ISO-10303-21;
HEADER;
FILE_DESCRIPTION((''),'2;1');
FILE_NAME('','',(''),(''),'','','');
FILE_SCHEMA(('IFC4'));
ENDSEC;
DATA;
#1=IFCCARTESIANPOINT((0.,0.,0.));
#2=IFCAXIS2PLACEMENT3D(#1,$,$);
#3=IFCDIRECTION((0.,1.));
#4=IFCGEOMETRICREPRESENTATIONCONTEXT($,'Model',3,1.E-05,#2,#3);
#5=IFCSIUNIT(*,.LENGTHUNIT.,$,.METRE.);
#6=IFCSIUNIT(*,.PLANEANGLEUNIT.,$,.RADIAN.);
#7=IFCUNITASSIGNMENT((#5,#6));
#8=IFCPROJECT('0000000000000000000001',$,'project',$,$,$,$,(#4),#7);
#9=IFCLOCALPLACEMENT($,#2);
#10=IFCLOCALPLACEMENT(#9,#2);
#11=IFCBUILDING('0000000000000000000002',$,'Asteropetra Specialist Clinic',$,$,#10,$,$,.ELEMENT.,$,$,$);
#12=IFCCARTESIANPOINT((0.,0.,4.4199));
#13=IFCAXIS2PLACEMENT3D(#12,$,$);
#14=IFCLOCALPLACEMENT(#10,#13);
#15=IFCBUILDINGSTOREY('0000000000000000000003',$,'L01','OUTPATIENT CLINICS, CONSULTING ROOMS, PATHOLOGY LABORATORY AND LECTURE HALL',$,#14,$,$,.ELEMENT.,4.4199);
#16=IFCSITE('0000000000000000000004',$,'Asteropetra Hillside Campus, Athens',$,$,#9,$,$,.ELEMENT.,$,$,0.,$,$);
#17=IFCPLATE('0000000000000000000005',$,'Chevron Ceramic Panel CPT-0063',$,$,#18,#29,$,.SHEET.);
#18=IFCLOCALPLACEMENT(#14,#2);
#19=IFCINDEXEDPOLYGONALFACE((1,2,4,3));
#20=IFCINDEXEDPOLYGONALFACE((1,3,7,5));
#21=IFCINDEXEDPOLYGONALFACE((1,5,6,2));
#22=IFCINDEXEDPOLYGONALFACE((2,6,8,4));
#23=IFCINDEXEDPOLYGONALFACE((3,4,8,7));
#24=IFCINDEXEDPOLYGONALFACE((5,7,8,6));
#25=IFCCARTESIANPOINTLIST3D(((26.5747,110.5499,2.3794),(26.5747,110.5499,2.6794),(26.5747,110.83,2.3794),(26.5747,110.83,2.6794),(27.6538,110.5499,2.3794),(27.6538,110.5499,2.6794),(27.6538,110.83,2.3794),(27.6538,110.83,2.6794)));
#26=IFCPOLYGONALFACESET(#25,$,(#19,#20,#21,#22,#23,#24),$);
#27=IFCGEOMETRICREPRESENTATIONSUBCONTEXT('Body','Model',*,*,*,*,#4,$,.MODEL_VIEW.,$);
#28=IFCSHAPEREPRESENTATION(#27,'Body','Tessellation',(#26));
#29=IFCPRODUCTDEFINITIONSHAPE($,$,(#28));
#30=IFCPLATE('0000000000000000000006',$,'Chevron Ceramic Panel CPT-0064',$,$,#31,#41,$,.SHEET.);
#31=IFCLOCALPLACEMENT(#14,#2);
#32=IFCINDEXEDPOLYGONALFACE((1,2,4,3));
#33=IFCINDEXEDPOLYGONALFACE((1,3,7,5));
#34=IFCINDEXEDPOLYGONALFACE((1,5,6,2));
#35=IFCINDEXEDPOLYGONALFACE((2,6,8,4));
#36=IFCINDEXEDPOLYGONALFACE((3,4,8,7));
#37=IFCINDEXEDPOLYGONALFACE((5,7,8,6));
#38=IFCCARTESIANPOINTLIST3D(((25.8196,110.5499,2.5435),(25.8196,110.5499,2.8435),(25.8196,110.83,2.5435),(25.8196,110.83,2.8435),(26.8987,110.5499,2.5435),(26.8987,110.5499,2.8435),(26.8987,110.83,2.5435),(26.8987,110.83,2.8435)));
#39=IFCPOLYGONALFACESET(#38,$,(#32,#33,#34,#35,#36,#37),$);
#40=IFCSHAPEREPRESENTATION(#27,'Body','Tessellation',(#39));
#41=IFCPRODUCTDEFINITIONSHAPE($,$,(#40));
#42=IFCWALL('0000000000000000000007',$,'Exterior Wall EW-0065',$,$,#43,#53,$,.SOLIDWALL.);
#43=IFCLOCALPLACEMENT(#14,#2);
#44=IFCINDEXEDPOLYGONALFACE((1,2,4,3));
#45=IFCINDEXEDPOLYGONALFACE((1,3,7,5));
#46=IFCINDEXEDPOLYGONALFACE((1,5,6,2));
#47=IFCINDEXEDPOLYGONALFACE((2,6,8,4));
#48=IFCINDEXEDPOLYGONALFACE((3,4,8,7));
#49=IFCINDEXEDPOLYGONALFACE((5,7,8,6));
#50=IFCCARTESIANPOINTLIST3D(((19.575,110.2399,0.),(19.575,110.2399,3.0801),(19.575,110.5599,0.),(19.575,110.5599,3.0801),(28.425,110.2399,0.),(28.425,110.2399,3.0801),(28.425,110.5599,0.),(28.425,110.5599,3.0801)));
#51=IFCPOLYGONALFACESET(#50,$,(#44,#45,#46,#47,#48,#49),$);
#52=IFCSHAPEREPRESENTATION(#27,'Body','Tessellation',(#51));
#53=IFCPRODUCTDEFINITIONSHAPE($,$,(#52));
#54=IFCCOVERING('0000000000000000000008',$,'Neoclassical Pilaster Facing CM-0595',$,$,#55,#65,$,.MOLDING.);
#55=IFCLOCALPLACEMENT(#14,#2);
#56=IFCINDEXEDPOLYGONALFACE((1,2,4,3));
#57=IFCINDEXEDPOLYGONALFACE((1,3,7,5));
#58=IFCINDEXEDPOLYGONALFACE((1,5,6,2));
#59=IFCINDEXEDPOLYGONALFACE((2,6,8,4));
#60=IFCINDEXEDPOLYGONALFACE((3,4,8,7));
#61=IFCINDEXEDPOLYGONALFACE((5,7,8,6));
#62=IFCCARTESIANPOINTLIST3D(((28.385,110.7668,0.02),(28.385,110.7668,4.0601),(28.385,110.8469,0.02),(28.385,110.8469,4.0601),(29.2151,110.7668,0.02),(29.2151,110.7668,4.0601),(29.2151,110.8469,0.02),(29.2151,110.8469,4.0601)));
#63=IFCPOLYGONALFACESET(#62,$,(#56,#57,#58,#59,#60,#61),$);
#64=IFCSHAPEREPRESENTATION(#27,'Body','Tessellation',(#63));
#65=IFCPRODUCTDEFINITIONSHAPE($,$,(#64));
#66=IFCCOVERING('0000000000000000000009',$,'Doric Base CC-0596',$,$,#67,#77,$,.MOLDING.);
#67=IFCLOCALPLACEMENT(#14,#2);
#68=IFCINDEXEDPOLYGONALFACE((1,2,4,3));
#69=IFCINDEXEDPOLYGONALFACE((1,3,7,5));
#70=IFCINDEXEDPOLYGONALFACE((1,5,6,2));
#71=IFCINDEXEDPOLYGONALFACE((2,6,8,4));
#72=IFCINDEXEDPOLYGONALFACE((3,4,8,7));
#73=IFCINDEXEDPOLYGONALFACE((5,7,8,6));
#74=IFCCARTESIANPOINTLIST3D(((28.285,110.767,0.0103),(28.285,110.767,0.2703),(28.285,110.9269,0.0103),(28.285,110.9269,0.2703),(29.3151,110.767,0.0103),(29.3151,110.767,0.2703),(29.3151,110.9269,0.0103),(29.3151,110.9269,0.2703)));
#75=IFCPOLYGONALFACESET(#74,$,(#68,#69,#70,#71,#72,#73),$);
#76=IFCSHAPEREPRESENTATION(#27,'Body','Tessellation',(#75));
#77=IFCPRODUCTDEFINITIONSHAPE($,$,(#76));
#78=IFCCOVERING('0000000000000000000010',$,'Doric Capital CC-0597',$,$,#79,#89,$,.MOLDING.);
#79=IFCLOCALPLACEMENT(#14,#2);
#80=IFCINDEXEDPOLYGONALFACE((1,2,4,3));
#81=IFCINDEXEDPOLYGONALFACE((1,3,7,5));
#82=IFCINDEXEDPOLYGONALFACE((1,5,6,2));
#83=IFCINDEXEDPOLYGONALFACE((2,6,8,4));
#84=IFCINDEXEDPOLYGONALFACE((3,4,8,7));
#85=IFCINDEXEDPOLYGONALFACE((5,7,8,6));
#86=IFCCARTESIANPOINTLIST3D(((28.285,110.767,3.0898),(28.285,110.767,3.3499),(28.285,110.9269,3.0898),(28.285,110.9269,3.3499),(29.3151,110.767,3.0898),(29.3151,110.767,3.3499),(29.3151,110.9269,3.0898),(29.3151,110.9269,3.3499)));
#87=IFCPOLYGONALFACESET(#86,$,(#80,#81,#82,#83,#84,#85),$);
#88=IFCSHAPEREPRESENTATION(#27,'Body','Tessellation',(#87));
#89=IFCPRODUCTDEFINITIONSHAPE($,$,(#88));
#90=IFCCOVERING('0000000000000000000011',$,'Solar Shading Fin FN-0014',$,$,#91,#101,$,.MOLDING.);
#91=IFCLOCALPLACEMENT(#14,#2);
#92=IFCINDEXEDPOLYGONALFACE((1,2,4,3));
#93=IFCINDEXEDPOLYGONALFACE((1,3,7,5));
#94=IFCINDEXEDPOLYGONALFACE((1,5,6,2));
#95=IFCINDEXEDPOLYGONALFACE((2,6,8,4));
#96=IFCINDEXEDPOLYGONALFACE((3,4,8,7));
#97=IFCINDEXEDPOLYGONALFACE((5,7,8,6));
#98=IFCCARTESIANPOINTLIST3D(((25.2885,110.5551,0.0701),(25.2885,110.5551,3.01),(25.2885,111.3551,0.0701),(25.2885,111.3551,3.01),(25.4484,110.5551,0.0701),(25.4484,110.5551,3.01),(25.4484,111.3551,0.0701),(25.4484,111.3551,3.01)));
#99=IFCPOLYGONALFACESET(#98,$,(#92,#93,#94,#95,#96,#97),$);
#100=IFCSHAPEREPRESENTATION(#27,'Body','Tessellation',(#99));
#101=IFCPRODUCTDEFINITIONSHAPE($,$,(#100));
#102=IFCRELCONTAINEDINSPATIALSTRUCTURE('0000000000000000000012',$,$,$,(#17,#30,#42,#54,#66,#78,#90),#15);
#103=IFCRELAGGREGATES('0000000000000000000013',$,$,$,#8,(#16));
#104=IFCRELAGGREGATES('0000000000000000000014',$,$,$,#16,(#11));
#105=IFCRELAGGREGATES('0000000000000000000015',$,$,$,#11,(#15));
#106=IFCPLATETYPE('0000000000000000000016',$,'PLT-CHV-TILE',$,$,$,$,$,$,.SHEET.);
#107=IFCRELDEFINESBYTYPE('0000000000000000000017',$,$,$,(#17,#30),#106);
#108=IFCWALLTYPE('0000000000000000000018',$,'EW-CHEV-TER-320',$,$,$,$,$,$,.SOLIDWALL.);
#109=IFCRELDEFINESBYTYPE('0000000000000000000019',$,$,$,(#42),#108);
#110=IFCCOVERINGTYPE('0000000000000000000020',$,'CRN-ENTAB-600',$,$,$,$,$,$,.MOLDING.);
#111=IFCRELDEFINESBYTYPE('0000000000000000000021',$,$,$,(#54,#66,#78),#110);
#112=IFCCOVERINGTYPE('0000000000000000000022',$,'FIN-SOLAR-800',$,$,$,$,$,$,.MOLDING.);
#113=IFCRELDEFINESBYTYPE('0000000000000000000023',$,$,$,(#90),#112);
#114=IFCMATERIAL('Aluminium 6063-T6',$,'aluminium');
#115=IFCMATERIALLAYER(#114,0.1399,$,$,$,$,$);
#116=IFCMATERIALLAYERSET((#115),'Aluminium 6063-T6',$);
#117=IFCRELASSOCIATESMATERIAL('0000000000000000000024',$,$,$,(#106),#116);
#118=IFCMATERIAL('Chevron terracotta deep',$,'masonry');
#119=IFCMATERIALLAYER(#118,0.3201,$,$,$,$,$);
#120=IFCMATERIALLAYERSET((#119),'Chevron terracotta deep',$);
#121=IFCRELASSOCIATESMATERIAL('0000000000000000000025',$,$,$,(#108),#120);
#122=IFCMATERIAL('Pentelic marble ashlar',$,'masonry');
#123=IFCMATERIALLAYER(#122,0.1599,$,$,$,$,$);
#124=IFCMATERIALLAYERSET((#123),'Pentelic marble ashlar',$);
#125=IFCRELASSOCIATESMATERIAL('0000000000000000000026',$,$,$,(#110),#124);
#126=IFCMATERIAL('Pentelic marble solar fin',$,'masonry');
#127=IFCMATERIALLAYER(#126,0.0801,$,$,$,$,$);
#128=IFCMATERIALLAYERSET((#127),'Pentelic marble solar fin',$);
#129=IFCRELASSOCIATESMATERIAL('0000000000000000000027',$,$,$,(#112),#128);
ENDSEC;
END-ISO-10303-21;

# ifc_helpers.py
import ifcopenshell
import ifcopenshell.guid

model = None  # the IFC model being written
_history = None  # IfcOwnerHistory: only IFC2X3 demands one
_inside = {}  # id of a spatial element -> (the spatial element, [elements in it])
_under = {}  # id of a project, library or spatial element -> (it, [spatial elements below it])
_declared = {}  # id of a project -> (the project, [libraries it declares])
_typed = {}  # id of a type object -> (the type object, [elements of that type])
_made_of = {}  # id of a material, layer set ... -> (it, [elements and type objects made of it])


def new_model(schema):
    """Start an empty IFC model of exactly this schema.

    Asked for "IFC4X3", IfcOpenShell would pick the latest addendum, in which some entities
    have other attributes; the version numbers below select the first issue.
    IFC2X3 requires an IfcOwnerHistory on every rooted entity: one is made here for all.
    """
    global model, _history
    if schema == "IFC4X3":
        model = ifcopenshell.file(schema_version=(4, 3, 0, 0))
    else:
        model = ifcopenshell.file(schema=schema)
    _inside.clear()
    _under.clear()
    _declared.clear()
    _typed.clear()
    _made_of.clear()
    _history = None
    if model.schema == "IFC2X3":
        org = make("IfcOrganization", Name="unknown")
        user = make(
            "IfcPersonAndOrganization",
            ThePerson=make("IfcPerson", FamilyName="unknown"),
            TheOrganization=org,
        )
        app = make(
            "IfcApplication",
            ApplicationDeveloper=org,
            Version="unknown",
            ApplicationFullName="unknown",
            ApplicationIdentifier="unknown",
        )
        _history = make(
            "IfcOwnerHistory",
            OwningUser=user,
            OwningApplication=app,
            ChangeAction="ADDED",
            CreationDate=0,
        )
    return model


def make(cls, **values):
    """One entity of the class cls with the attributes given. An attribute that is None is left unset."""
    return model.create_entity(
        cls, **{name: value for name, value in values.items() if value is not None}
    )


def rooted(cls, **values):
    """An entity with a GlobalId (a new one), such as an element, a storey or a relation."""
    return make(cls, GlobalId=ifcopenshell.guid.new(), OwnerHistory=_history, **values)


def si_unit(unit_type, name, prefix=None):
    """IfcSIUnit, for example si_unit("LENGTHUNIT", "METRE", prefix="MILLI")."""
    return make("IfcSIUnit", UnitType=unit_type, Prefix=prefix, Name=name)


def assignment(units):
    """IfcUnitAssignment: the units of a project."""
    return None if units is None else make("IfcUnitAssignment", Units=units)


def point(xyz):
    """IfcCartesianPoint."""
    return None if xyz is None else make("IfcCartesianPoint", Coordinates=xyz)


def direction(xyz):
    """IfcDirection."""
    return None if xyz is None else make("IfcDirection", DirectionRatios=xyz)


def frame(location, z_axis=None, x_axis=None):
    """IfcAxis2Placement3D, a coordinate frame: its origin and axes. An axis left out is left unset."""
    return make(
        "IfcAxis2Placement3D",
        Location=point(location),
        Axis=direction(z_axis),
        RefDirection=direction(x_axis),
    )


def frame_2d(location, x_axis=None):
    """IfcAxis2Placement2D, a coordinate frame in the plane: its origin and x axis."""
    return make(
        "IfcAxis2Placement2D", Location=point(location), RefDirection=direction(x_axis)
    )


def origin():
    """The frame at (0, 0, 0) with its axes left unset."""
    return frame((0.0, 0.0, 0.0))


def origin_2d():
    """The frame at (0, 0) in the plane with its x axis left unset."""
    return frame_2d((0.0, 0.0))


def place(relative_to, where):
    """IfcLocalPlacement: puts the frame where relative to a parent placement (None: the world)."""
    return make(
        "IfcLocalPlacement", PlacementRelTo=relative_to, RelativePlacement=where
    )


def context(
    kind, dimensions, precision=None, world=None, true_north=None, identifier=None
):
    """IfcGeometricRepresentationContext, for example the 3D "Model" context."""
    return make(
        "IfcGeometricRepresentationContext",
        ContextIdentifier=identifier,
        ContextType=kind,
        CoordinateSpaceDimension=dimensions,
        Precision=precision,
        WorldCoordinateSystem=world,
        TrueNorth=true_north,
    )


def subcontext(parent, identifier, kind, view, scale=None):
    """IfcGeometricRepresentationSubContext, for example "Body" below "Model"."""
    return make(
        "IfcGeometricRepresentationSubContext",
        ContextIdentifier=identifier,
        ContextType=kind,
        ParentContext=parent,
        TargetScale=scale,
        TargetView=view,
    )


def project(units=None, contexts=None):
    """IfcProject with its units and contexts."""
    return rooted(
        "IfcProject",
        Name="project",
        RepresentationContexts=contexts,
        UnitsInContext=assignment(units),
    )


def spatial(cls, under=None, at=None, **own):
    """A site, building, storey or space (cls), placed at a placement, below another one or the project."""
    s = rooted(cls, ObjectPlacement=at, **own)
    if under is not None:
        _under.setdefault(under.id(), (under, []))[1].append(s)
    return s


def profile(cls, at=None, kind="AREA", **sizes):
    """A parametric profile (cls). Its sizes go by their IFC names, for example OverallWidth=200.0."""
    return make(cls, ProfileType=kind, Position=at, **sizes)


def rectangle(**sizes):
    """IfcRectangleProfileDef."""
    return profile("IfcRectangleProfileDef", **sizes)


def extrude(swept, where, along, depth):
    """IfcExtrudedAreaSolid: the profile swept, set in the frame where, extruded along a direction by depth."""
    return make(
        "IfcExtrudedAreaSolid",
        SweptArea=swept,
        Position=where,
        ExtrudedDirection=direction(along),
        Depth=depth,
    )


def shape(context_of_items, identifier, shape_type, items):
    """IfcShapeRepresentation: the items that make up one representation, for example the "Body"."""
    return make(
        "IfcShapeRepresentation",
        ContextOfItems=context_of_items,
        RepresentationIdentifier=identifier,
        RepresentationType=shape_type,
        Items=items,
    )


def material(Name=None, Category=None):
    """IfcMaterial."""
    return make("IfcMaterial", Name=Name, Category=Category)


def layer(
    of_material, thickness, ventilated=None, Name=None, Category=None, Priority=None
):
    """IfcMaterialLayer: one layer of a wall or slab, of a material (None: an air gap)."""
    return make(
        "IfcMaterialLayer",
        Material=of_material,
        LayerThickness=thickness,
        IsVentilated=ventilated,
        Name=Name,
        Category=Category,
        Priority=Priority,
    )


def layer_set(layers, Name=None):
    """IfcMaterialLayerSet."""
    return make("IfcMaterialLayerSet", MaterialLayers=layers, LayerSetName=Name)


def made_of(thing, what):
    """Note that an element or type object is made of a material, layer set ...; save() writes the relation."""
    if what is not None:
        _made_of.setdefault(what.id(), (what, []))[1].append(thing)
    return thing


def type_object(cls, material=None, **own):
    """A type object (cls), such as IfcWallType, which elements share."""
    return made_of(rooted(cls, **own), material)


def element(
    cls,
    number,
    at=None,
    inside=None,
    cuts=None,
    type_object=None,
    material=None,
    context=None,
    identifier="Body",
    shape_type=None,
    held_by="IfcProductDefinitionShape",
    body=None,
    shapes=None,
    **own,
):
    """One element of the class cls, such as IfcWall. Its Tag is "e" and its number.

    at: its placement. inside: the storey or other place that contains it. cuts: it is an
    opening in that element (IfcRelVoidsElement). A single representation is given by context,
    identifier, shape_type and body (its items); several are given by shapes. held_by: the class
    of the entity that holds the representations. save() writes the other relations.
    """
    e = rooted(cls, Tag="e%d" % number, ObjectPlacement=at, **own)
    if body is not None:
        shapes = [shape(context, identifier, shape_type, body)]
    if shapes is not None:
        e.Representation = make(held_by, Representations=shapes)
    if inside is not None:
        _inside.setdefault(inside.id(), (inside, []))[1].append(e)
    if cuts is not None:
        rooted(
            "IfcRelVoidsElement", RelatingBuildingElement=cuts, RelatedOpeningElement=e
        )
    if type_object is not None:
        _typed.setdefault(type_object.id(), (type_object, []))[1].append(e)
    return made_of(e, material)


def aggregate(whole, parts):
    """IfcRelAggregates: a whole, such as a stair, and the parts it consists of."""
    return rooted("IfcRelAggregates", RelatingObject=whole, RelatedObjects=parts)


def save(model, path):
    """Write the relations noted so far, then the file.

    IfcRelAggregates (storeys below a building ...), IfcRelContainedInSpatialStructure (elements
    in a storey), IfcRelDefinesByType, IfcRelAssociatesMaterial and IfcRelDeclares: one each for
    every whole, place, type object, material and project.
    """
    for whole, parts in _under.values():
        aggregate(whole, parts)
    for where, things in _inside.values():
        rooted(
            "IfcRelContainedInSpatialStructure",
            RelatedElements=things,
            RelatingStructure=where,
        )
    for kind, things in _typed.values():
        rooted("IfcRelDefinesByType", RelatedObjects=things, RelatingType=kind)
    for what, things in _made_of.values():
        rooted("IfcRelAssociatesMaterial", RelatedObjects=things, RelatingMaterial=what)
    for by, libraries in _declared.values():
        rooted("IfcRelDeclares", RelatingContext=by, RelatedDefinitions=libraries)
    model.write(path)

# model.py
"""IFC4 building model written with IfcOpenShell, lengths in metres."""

from ifc_helpers import new_model, si_unit, direction, frame, frame_2d, origin, origin_2d, place, context, subcontext, project, spatial, rectangle, extrude, material, layer, layer_set, type_object, element, save


model = new_model("IFC4")

# Units and contexts
model_context = context("Model", 3, precision=1e-05, world=origin(), true_north=direction((0.0, 1.0)))
body_context = subcontext(model_context, "Body", "Model", "MODEL_VIEW")
ifc_project = project(units=[si_unit("LENGTHUNIT", "METRE"), si_unit("PLANEANGLEUNIT", "RADIAN")], contexts=[model_context])

# Site, building, storey
site_placement = place(None, origin())
site = spatial("IfcSite", under=ifc_project, at=site_placement, Name="Asteropetra Hillside Campus, Athens", CompositionType="ELEMENT", RefElevation=0.0)
building_placement = place(site_placement, origin())
building = spatial("IfcBuilding", under=site, at=building_placement, Name="Asteropetra Specialist Clinic", CompositionType="ELEMENT")
storey_placement = place(building_placement, frame((0.0, 0.0, 4.4199)))
storey = spatial("IfcBuildingStorey", under=building, at=storey_placement, Name="L01", Description="OUTPATIENT CLINICS, CONSULTING ROOMS, PATHOLOGY LABORATORY AND LECTURE HALL", CompositionType="ELEMENT", Elevation=4.4199)

# Plates
ifc_material_1 = material(Name="Aluminium 6063-T6", Category="aluminium")
ifc_layer_1 = layer(ifc_material_1, 0.1399)
ifc_layer_set_1 = layer_set([ifc_layer_1], Name="Aluminium 6063-T6")
plate_type_1 = type_object("IfcPlateType", Name="PLT-CHV-TILE", PredefinedType="SHEET", material=ifc_layer_set_1)
for number, where, z_axis, x_axis, name in (
    (1, (27.1143, 110.6899, 2.3794), (0.0, 0.0, 1.0), (1.0, 0.0, 0.0), "Chevron Ceramic Panel CPT-0063"),
    (2, (26.3591, 110.6899, 2.5435), (0.0, 0.0, 1.0), (1.0, 0.0, 0.0), "Chevron Ceramic Panel CPT-0064"),
):
    element("IfcPlate", number, at=place(storey_placement, frame(where, z_axis=z_axis, x_axis=x_axis)), inside=storey, type_object=plate_type_1, Name=name, PredefinedType="SHEET", context=body_context, shape_type="SweptSolid", body=[
        extrude(rectangle(XDim=1.0791, YDim=0.28, at=origin_2d()), origin(), (0.0, 0.0, 1.0), 0.3),
    ])

# Wall
ifc_material_2 = material(Name="Chevron terracotta deep", Category="masonry")
ifc_layer_2 = layer(ifc_material_2, 0.3201)
ifc_layer_set_2 = layer_set([ifc_layer_2], Name="Chevron terracotta deep")
wall_type = type_object("IfcWallType", Name="EW-CHEV-TER-320", PredefinedType="SOLIDWALL", material=ifc_layer_set_2)
wall_placement = place(storey_placement, frame((28.425, 110.3999, 0.0), z_axis=(0.0, 0.0, 1.0), x_axis=(-1.0, 0.0, 0.0)))
element("IfcWall", 3, at=wall_placement, inside=storey, type_object=wall_type, Name="Exterior Wall EW-0065", PredefinedType="SOLIDWALL", context=body_context, shape_type="SweptSolid", body=[
    extrude(rectangle(XDim=8.8501, YDim=0.3201, at=frame_2d((4.425, 0.0))), origin(), (0.0, 0.0, 1.0), 3.0801),
])

# Coverings
ifc_material_3 = material(Name="Pentelic marble ashlar", Category="masonry")
ifc_layer_3 = layer(ifc_material_3, 0.1599)
ifc_layer_set_3 = layer_set([ifc_layer_3], Name="Pentelic marble ashlar")
covering_type_1 = type_object("IfcCoveringType", Name="CRN-ENTAB-600", PredefinedType="MOLDING", material=ifc_layer_set_3)
covering_1_placement = place(storey_placement, frame((28.8, 110.8069, 0.02), z_axis=(0.0, 0.0, 1.0), x_axis=(1.0, 0.0, 0.0)))
element("IfcCovering", 4, at=covering_1_placement, inside=storey, type_object=covering_type_1, Name="Neoclassical Pilaster Facing CM-0595", PredefinedType="MOLDING", context=body_context, shape_type="SweptSolid", body=[
    extrude(rectangle(XDim=0.8301, YDim=0.0801, at=origin_2d()), origin(), (0.0, 0.0, 1.0), 4.04),
])
for number, where, z_axis, x_axis, name in (
    (5, (28.8, 110.8469, 0.0103), (0.0, 0.0, 1.0), (1.0, 0.0, 0.0), "Doric Base CC-0596"),
    (6, (28.8, 110.8469, 3.0898), (0.0, 0.0, 1.0), (1.0, 0.0, 0.0), "Doric Capital CC-0597"),
):
    element("IfcCovering", number, at=place(storey_placement, frame(where, z_axis=z_axis, x_axis=x_axis)), inside=storey, type_object=covering_type_1, Name=name, PredefinedType="MOLDING", context=body_context, shape_type="SweptSolid", body=[
        extrude(rectangle(XDim=1.03, YDim=0.1599, at=origin_2d()), origin(), (0.0, 0.0, 1.0), 0.26),
    ])
ifc_material_4 = material(Name="Pentelic marble solar fin", Category="masonry")
ifc_layer_4 = layer(ifc_material_4, 0.0801)
ifc_layer_set_4 = layer_set([ifc_layer_4], Name="Pentelic marble solar fin")
covering_type_2 = type_object("IfcCoveringType", Name="FIN-SOLAR-800", PredefinedType="MOLDING", material=ifc_layer_set_4)
covering_2_placement = place(storey_placement, frame((25.3684, 110.9551, 0.0701), z_axis=(0.0, 0.0, 1.0), x_axis=(1.0, 0.0, 0.0)))
element("IfcCovering", 7, at=covering_2_placement, inside=storey, type_object=covering_type_2, Name="Solar Shading Fin FN-0014", PredefinedType="MOLDING", context=body_context, shape_type="SweptSolid", body=[
    extrude(rectangle(XDim=0.1599, YDim=0.8, at=origin_2d()), origin(), (0.0, 0.0, 1.0), 2.9399),
])

save(model, "model.ifc")
